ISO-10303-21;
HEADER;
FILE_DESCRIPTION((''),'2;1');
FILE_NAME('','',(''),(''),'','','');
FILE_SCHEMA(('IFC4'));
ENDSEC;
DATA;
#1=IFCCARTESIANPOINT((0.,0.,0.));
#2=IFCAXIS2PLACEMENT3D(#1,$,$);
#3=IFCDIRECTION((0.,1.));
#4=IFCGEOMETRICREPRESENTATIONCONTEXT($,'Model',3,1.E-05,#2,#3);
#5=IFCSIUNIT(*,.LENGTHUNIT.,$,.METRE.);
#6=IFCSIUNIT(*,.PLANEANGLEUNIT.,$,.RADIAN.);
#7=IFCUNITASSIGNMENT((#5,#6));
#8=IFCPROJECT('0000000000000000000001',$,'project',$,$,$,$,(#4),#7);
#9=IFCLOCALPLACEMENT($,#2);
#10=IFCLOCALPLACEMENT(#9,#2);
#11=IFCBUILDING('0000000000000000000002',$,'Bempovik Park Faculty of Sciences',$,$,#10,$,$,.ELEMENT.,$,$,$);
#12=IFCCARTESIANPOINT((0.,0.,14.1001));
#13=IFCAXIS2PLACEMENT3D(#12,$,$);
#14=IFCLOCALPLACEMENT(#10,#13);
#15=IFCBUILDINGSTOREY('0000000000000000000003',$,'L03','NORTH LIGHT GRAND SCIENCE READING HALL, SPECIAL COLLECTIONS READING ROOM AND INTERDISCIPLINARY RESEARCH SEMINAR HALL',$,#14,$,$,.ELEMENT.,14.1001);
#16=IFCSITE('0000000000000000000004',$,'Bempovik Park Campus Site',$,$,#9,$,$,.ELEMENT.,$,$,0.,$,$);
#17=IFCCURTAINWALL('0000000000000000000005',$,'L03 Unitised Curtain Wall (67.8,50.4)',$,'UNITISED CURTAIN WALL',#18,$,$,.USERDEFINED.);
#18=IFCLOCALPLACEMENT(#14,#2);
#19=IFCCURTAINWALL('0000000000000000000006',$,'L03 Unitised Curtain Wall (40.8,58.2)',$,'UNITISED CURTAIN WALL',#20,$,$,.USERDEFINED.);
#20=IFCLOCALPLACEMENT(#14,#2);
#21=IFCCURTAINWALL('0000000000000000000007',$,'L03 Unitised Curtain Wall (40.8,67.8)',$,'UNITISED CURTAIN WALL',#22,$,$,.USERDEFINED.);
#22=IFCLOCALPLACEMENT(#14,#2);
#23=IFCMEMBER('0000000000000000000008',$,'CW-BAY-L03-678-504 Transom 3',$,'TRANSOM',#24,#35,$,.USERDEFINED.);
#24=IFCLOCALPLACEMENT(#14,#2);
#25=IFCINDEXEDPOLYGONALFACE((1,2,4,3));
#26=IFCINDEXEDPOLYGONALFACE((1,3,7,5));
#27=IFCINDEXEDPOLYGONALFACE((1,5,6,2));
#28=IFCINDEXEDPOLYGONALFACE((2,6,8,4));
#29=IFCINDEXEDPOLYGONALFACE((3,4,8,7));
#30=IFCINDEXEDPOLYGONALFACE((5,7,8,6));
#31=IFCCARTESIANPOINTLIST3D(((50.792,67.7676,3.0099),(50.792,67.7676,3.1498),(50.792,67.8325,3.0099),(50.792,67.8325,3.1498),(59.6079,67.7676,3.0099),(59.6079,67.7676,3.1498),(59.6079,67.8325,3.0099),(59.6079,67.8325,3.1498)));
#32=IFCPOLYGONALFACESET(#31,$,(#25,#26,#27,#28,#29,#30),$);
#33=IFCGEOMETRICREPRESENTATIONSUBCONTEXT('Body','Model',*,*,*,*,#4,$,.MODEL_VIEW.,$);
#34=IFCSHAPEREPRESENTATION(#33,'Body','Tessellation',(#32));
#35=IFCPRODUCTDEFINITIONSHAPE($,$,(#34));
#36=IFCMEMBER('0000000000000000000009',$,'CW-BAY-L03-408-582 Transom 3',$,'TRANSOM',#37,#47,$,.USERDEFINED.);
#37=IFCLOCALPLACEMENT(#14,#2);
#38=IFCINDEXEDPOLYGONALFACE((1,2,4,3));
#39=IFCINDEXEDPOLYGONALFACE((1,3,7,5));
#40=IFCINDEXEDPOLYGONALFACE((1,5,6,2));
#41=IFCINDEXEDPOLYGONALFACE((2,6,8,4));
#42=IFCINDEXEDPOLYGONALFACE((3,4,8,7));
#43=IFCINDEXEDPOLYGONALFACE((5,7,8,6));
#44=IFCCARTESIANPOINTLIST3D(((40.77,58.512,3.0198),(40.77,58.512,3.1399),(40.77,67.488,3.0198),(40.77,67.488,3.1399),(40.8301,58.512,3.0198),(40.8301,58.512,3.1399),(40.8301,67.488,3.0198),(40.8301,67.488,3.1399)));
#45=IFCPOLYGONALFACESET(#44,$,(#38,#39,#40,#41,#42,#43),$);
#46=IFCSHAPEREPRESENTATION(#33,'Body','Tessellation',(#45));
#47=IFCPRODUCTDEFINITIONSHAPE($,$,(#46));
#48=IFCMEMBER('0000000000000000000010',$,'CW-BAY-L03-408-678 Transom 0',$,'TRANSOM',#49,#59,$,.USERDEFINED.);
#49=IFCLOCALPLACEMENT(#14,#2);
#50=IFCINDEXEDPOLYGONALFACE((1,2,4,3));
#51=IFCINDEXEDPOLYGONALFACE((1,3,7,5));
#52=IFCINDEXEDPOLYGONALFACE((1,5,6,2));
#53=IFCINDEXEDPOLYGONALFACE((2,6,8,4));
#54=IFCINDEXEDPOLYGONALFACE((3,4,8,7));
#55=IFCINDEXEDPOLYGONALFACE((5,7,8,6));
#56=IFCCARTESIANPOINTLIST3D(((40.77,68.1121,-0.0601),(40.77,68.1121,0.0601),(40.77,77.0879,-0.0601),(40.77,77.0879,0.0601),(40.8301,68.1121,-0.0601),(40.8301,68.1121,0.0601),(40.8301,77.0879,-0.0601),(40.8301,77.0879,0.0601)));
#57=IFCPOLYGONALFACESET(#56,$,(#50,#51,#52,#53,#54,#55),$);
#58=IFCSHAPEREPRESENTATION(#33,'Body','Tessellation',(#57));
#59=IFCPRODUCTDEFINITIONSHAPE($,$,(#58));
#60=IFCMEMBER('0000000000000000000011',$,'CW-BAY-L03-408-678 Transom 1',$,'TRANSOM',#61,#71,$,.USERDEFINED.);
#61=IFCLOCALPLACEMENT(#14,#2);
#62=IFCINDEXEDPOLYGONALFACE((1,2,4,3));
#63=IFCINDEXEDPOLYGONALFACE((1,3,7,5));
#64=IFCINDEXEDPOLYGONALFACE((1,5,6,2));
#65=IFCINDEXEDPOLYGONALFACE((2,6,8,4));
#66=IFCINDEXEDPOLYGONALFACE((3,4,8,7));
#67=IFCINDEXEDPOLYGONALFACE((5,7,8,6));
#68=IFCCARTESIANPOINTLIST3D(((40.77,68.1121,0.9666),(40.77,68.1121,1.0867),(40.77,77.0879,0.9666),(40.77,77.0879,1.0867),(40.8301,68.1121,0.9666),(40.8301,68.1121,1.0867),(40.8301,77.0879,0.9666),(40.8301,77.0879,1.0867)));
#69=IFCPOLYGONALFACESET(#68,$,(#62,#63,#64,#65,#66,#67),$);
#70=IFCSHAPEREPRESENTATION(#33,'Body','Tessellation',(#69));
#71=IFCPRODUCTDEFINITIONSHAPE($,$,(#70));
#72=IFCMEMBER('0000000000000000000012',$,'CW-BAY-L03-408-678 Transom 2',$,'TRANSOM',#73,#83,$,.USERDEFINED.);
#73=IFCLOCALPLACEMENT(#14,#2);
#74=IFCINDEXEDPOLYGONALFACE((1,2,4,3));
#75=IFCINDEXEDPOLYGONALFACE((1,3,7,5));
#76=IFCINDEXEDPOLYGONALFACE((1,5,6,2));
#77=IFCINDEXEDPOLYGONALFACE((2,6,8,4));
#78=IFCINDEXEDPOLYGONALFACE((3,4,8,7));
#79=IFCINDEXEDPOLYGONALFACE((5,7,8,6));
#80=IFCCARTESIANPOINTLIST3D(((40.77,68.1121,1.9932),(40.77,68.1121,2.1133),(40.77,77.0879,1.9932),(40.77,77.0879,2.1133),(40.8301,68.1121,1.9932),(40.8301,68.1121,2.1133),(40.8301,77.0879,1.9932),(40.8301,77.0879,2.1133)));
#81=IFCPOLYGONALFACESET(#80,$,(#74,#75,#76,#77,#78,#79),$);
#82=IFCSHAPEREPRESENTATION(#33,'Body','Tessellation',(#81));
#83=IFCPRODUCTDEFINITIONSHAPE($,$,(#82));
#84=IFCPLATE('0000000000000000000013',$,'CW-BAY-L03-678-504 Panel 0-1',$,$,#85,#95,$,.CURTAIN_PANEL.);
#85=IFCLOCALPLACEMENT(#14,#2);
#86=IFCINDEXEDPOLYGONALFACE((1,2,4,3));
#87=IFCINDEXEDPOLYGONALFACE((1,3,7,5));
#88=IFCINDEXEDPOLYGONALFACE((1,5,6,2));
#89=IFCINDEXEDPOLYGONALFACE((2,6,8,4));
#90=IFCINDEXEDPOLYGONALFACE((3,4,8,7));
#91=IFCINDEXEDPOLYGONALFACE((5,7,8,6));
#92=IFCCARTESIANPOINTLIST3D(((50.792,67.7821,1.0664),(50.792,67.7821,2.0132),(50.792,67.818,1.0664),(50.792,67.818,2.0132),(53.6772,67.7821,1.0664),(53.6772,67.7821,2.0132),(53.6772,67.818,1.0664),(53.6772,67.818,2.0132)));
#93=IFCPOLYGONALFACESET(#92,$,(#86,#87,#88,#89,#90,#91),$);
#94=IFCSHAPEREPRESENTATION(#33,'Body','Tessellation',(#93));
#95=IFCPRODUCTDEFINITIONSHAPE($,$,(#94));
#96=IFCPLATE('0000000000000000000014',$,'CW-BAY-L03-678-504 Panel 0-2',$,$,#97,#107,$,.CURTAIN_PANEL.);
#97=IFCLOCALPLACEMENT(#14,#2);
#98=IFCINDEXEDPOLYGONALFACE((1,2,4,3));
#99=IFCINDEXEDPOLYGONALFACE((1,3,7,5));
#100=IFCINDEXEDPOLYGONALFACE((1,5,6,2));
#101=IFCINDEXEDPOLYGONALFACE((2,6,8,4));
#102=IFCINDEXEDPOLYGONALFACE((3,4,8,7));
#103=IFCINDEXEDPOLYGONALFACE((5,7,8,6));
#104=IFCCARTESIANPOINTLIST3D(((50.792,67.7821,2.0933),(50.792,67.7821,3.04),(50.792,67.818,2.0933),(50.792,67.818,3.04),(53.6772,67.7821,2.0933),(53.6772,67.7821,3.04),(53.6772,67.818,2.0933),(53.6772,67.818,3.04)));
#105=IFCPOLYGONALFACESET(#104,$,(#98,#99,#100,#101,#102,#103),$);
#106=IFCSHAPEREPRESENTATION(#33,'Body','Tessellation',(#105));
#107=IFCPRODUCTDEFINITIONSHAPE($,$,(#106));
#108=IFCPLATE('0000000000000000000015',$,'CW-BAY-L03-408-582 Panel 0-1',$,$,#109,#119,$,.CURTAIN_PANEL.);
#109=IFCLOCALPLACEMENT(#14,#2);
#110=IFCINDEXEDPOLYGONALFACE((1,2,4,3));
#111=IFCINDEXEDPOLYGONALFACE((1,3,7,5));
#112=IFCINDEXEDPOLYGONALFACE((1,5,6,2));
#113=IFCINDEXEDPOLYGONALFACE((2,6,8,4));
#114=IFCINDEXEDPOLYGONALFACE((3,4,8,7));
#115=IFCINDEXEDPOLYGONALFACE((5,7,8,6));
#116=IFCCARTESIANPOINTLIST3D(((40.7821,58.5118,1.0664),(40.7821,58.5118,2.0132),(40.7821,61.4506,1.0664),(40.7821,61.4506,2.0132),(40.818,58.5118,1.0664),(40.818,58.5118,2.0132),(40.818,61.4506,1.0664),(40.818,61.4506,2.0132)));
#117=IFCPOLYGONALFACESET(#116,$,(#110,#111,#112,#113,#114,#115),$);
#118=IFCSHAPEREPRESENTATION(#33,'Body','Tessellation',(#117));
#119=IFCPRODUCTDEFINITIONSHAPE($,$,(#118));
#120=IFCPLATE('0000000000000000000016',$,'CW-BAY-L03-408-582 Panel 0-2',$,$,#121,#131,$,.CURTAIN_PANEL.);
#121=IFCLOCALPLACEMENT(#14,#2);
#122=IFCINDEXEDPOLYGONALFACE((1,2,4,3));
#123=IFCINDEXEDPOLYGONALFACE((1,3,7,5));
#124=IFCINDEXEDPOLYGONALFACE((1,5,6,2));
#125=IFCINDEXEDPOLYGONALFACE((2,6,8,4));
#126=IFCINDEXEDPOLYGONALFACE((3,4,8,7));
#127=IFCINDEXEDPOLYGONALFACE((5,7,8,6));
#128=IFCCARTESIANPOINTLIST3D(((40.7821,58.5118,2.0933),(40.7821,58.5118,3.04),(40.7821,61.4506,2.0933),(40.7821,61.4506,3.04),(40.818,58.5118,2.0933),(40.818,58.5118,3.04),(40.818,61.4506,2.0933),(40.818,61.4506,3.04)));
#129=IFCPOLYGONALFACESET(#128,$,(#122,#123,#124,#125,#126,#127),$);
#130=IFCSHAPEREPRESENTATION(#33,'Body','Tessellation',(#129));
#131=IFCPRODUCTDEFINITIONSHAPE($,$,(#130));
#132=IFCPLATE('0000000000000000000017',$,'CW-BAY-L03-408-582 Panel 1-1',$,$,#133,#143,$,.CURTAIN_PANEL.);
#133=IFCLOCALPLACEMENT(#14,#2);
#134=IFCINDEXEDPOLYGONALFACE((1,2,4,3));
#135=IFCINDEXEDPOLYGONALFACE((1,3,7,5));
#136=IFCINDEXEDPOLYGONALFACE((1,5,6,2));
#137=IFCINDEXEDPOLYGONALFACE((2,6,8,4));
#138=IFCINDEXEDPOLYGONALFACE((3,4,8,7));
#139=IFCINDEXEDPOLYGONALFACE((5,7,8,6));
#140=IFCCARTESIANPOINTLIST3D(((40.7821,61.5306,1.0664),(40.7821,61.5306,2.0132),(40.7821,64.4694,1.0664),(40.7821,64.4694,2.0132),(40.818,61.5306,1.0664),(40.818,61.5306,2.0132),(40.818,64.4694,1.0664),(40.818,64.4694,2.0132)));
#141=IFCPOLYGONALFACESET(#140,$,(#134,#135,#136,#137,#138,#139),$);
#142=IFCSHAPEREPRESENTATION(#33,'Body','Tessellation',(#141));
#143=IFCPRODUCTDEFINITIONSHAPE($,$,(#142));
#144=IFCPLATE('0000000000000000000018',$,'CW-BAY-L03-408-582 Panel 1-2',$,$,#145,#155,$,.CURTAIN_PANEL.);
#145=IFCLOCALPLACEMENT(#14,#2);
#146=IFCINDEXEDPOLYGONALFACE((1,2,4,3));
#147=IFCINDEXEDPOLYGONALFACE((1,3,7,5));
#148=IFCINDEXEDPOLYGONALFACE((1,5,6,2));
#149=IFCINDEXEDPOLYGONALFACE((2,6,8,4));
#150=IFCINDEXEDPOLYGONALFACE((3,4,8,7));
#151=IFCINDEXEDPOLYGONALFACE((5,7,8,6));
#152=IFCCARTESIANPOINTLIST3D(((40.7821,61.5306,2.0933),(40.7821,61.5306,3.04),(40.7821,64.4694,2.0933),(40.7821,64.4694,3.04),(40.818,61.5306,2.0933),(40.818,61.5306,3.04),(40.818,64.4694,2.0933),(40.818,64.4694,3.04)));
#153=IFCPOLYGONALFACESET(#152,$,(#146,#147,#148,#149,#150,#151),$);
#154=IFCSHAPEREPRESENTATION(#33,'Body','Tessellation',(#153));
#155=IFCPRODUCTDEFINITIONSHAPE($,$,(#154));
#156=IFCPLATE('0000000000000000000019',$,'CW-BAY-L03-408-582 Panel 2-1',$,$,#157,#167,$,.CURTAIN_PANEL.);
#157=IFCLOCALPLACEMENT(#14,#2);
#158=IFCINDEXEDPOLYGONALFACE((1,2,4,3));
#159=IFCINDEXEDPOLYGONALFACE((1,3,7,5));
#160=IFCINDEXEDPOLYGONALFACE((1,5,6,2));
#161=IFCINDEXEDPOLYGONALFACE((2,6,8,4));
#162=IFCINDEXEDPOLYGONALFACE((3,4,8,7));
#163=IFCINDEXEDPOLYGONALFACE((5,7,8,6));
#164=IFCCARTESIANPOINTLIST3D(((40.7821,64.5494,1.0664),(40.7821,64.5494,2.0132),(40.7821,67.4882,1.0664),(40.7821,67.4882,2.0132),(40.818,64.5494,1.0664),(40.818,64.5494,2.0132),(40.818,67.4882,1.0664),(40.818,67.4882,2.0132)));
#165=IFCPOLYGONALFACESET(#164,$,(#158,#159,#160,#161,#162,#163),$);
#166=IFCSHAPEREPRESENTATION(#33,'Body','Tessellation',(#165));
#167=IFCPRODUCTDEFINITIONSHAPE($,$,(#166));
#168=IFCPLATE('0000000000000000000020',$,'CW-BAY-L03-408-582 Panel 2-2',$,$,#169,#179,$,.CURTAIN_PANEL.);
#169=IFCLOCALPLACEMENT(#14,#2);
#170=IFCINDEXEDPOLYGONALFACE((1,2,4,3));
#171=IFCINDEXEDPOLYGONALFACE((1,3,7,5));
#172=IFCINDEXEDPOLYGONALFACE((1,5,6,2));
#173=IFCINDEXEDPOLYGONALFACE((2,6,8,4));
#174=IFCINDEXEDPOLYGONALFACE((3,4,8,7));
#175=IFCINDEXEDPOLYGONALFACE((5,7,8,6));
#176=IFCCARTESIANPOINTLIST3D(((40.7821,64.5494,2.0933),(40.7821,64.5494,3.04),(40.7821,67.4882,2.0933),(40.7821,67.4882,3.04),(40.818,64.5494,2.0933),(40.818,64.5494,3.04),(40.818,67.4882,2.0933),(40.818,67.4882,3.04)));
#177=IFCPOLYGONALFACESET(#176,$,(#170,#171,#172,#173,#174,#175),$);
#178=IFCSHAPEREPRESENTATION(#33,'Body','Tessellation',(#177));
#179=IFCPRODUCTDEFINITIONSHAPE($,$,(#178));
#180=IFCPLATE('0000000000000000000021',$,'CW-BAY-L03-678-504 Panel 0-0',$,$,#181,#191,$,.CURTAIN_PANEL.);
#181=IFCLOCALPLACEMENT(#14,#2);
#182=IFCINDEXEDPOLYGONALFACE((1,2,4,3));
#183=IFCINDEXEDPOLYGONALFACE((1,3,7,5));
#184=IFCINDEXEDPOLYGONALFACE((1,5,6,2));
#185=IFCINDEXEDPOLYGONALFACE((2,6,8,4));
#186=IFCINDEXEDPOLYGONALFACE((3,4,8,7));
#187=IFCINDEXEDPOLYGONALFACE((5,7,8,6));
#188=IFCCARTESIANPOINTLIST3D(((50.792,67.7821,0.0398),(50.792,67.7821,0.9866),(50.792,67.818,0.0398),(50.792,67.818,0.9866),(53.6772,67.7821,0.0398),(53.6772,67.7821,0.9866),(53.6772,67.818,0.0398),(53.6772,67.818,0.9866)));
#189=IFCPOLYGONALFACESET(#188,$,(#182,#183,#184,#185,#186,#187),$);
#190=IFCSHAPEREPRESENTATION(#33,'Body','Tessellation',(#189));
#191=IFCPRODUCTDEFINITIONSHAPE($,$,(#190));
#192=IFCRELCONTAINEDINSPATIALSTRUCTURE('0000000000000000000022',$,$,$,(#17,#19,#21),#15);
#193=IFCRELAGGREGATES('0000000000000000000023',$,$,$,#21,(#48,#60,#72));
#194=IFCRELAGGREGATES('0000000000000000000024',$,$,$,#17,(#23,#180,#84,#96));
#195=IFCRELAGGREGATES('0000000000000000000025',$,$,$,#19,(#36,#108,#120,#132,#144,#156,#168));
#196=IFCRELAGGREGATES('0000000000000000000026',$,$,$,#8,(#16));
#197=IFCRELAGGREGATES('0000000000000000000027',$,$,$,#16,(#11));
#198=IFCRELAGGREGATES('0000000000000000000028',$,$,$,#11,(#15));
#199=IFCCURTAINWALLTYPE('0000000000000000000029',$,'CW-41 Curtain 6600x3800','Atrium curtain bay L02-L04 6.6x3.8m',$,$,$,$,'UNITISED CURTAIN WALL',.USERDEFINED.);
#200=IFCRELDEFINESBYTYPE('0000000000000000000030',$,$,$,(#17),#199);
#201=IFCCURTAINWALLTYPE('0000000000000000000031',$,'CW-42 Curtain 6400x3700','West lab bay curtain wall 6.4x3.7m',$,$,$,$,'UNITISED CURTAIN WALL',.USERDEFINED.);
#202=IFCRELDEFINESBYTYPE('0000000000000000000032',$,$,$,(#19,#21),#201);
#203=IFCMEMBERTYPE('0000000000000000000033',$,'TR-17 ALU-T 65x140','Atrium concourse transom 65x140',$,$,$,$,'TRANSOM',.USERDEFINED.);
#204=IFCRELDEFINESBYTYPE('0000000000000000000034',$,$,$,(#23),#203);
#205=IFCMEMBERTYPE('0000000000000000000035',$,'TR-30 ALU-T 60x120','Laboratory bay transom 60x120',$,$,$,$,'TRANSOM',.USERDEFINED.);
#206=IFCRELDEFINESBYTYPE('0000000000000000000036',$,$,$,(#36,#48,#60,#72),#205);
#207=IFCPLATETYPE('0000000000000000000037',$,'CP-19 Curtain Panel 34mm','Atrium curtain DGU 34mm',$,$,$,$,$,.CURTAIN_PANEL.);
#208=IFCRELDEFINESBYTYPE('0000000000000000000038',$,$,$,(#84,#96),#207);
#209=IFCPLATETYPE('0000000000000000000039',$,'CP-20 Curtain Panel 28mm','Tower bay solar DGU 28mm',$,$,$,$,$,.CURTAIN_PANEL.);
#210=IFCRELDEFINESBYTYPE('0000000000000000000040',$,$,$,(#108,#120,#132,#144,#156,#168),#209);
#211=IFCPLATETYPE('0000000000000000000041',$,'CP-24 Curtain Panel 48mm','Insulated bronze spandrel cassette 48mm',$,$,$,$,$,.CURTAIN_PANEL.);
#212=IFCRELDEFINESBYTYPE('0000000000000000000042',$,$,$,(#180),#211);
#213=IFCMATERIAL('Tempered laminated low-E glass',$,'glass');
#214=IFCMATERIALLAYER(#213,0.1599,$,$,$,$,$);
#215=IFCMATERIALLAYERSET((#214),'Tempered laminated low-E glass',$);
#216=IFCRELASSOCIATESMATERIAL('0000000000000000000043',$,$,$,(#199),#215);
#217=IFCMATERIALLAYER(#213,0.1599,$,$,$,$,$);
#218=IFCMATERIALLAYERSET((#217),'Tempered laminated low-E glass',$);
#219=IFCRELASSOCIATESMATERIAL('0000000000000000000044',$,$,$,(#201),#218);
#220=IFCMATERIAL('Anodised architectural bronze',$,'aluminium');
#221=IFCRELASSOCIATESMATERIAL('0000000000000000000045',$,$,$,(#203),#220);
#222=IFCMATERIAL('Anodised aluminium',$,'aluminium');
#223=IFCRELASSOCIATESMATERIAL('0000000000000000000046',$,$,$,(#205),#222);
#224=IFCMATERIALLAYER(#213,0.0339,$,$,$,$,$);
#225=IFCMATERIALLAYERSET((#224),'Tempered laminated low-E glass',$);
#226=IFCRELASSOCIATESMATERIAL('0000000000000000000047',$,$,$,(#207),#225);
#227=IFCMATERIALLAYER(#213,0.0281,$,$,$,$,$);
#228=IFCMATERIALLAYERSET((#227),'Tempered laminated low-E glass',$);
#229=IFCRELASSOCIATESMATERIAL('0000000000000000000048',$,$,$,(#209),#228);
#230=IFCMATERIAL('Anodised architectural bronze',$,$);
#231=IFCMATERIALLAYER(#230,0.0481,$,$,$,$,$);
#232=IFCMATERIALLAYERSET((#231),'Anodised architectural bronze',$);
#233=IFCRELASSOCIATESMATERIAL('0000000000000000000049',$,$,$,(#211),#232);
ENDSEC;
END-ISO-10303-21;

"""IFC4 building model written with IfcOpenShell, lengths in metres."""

from ifc_helpers import new_model, si_unit, direction, frame, origin, origin_2d, place, context, subcontext, project, spatial, rectangle, extrude, material, layer, layer_set, material_profile, profile_set, type_object, element, aggregate, save


model = new_model("IFC4")

# Units and contexts
model_context = context("Model", 3, precision=1e-05, world=origin(), true_north=direction((0.0, 1.0)))
body_context = subcontext(model_context, "Body", "Model", "MODEL_VIEW")
ifc_project = project(units=[si_unit("LENGTHUNIT", "METRE"), si_unit("PLANEANGLEUNIT", "RADIAN")], contexts=[model_context])

# Site, building, storey
site_placement = place(None, origin())
site = spatial("IfcSite", under=ifc_project, at=site_placement, Name="Bempovik Park Campus Site", CompositionType="ELEMENT", RefElevation=0.0)
building_placement = place(site_placement, origin())
building = spatial("IfcBuilding", under=site, at=building_placement, Name="Bempovik Park Faculty of Sciences", CompositionType="ELEMENT")
storey_placement = place(building_placement, frame((0.0, 0.0, 14.1001)))
storey = spatial("IfcBuildingStorey", under=building, at=storey_placement, Name="L03", Description="NORTH LIGHT GRAND SCIENCE READING HALL, SPECIAL COLLECTIONS READING ROOM AND INTERDISCIPLINARY RESEARCH SEMINAR HALL", CompositionType="ELEMENT", Elevation=14.1001)

# Curtain wall
ifc_material_1 = material(Name="Tempered laminated low-E glass", Category="glass")
ifc_layer_1 = layer(ifc_material_1, 0.1599)
ifc_layer_set_1 = layer_set([ifc_layer_1], Name="Tempered laminated low-E glass")
curtain_wall_type_1 = type_object("IfcCurtainWallType", Name="CW-41 Curtain 6600x3800", Description="Atrium curtain bay L02-L04 6.6x3.8m", ElementType="UNITISED CURTAIN WALL", PredefinedType="USERDEFINED", material=ifc_layer_set_1)
curtain_wall_1_placement = place(storey_placement, origin())
curtain_wall_1 = element("IfcCurtainWall", 1, at=curtain_wall_1_placement, inside=storey, type_object=curtain_wall_type_1, Name="L03 Unitised Curtain Wall (67.8,50.4)", ObjectType="UNITISED CURTAIN WALL", PredefinedType="USERDEFINED")
ifc_material_2 = material(Name="Anodised architectural bronze", Category="aluminium")

# Curtain wall
ifc_layer_2 = layer(ifc_material_1, 0.1599)
ifc_layer_set_2 = layer_set([ifc_layer_2], Name="Tempered laminated low-E glass")
curtain_wall_type_2 = type_object("IfcCurtainWallType", Name="CW-42 Curtain 6400x3700", Description="West lab bay curtain wall 6.4x3.7m", ElementType="UNITISED CURTAIN WALL", PredefinedType="USERDEFINED", material=ifc_layer_set_2)
curtain_wall_2_placement = place(storey_placement, origin())
curtain_wall_2 = element("IfcCurtainWall", 2, at=curtain_wall_2_placement, inside=storey, type_object=curtain_wall_type_2, Name="L03 Unitised Curtain Wall (40.8,58.2)", ObjectType="UNITISED CURTAIN WALL", PredefinedType="USERDEFINED")
ifc_material_3 = material(Name="Anodised aluminium", Category="aluminium")

# Curtain wall
curtain_wall_3_placement = place(storey_placement, origin())
curtain_wall_3 = element("IfcCurtainWall", 3, at=curtain_wall_3_placement, inside=storey, type_object=curtain_wall_type_2, Name="L03 Unitised Curtain Wall (40.8,67.8)", ObjectType="UNITISED CURTAIN WALL", PredefinedType="USERDEFINED")

# Members
ifc_material_profile_1 = material_profile(ifc_material_2, rectangle(XDim=0.0649, YDim=0.1399, at=origin_2d()), Name="ALU-T 65x140")
ifc_profile_set_1 = profile_set([ifc_material_profile_1], Name="Anodised architectural bronze")
member_type_1 = type_object("IfcMemberType", Name="TR-17 ALU-T 65x140", Description="Atrium concourse transom 65x140", ElementType="TRANSOM", PredefinedType="USERDEFINED", material=ifc_profile_set_1)
member_1_placement = place(storey_placement, frame((50.792, 67.8, 3.0798), z_axis=(1.0, 0.0, 0.0), x_axis=(0.0, 1.0, 0.0)))
member_1 = element("IfcMember", 4, at=member_1_placement, type_object=member_type_1, Name="CW-BAY-L03-678-504 Transom 3", ObjectType="TRANSOM", PredefinedType="USERDEFINED", context=body_context, shape_type="SweptSolid", body=[
    extrude(rectangle(XDim=0.0649, YDim=0.1399, at=origin_2d()), origin(), (0.0, 0.0, 1.0), 8.8159),
])
ifc_material_profile_2 = material_profile(ifc_material_3, rectangle(XDim=0.0601, YDim=0.1201, at=origin_2d()), Name="ALU-T 60x120")
ifc_profile_set_2 = profile_set([ifc_material_profile_2], Name="Anodised aluminium")
member_type_2 = type_object("IfcMemberType", Name="TR-30 ALU-T 60x120", Description="Laboratory bay transom 60x120", ElementType="TRANSOM", PredefinedType="USERDEFINED", material=ifc_profile_set_2)
member_2_placement = place(storey_placement, frame((40.8, 58.512, 3.0798), z_axis=(0.0, 1.0, 0.0), x_axis=(-1.0, 0.0, 0.0)))
member_2 = element("IfcMember", 5, at=member_2_placement, type_object=member_type_2, Name="CW-BAY-L03-408-582 Transom 3", ObjectType="TRANSOM", PredefinedType="USERDEFINED", context=body_context, shape_type="SweptSolid", body=[
    extrude(rectangle(XDim=0.0601, YDim=0.1201, at=origin_2d()), origin(), (0.0, 0.0, 1.0), 8.9761),
])
member_3_placement = place(storey_placement, frame((40.8, 68.1121, 0.0), z_axis=(0.0, 1.0, 0.0), x_axis=(-1.0, 0.0, 0.0)))
member_3 = element("IfcMember", 6, at=member_3_placement, type_object=member_type_2, Name="CW-BAY-L03-408-678 Transom 0", ObjectType="TRANSOM", PredefinedType="USERDEFINED", context=body_context, shape_type="SweptSolid", body=[
    extrude(rectangle(XDim=0.0601, YDim=0.1201, at=origin_2d()), origin(), (0.0, 0.0, 1.0), 8.9758),
])
member_4_placement = place(storey_placement, frame((40.8, 68.1121, 1.0266), z_axis=(0.0, 1.0, 0.0), x_axis=(-1.0, 0.0, 0.0)))
member_4 = element("IfcMember", 7, at=member_4_placement, type_object=member_type_2, Name="CW-BAY-L03-408-678 Transom 1", ObjectType="TRANSOM", PredefinedType="USERDEFINED", context=body_context, shape_type="SweptSolid", body=[
    extrude(rectangle(XDim=0.0601, YDim=0.1201, at=origin_2d()), origin(), (0.0, 0.0, 1.0), 8.9758),
])
member_5_placement = place(storey_placement, frame((40.8, 68.1121, 2.0532), z_axis=(0.0, 1.0, 0.0), x_axis=(-1.0, 0.0, 0.0)))
member_5 = element("IfcMember", 8, at=member_5_placement, type_object=member_type_2, Name="CW-BAY-L03-408-678 Transom 2", ObjectType="TRANSOM", PredefinedType="USERDEFINED", context=body_context, shape_type="SweptSolid", body=[
    extrude(rectangle(XDim=0.0601, YDim=0.1201, at=origin_2d()), origin(), (0.0, 0.0, 1.0), 8.9758),
])
aggregate(curtain_wall_3, [member_3, member_4, member_5])

# Plates
ifc_layer_3 = layer(ifc_material_1, 0.0339)
ifc_layer_set_3 = layer_set([ifc_layer_3], Name="Tempered laminated low-E glass")
plate_type_1 = type_object("IfcPlateType", Name="CP-19 Curtain Panel 34mm", Description="Atrium curtain DGU 34mm", PredefinedType="CURTAIN_PANEL", material=ifc_layer_set_3)
plate_1_placement = place(storey_placement, frame((52.2346, 67.8, 1.0664), z_axis=(0.0, 0.0, 1.0), x_axis=(1.0, 0.0, 0.0)))
plate_1 = element("IfcPlate", 9, at=plate_1_placement, type_object=plate_type_1, Name="CW-BAY-L03-678-504 Panel 0-1", PredefinedType="CURTAIN_PANEL", context=body_context, shape_type="SweptSolid", body=[
    extrude(rectangle(XDim=2.8853, YDim=0.0359, at=origin_2d()), origin(), (0.0, 0.0, 1.0), 0.9468),
])
plate_2_placement = place(storey_placement, frame((52.2346, 67.8, 2.0933), z_axis=(0.0, 0.0, 1.0), x_axis=(1.0, 0.0, 0.0)))
plate_2 = element("IfcPlate", 10, at=plate_2_placement, type_object=plate_type_1, Name="CW-BAY-L03-678-504 Panel 0-2", PredefinedType="CURTAIN_PANEL", context=body_context, shape_type="SweptSolid", body=[
    extrude(rectangle(XDim=2.8853, YDim=0.0359, at=origin_2d()), origin(), (0.0, 0.0, 1.0), 0.9468),
])
ifc_layer_4 = layer(ifc_material_1, 0.0281)
ifc_layer_set_4 = layer_set([ifc_layer_4], Name="Tempered laminated low-E glass")
plate_type_2 = type_object("IfcPlateType", Name="CP-20 Curtain Panel 28mm", Description="Tower bay solar DGU 28mm", PredefinedType="CURTAIN_PANEL", material=ifc_layer_set_4)
plate_3_placement = place(storey_placement, frame((40.8, 59.9812, 1.0664), z_axis=(0.0, 0.0, 1.0), x_axis=(0.0, 1.0, 0.0)))
plate_3 = element("IfcPlate", 11, at=plate_3_placement, type_object=plate_type_2, Name="CW-BAY-L03-408-582 Panel 0-1", PredefinedType="CURTAIN_PANEL", context=body_context, shape_type="SweptSolid", body=[
    extrude(rectangle(XDim=2.9387, YDim=0.0359, at=origin_2d()), origin(), (0.0, 0.0, 1.0), 0.9468),
])
plate_4_placement = place(storey_placement, frame((40.8, 59.9812, 2.0933), z_axis=(0.0, 0.0, 1.0), x_axis=(0.0, 1.0, 0.0)))
plate_4 = element("IfcPlate", 12, at=plate_4_placement, type_object=plate_type_2, Name="CW-BAY-L03-408-582 Panel 0-2", PredefinedType="CURTAIN_PANEL", context=body_context, shape_type="SweptSolid", body=[
    extrude(rectangle(XDim=2.9387, YDim=0.0359, at=origin_2d()), origin(), (0.0, 0.0, 1.0), 0.9468),
])
plate_5_placement = place(storey_placement, frame((40.8, 63.0, 1.0664), z_axis=(0.0, 0.0, 1.0), x_axis=(0.0, 1.0, 0.0)))
plate_5 = element("IfcPlate", 13, at=plate_5_placement, type_object=plate_type_2, Name="CW-BAY-L03-408-582 Panel 1-1", PredefinedType="CURTAIN_PANEL", context=body_context, shape_type="SweptSolid", body=[
    extrude(rectangle(XDim=2.9387, YDim=0.0359, at=origin_2d()), origin(), (0.0, 0.0, 1.0), 0.9468),
])
plate_6_placement = place(storey_placement, frame((40.8, 63.0, 2.0933), z_axis=(0.0, 0.0, 1.0), x_axis=(0.0, 1.0, 0.0)))
plate_6 = element("IfcPlate", 14, at=plate_6_placement, type_object=plate_type_2, Name="CW-BAY-L03-408-582 Panel 1-2", PredefinedType="CURTAIN_PANEL", context=body_context, shape_type="SweptSolid", body=[
    extrude(rectangle(XDim=2.9387, YDim=0.0359, at=origin_2d()), origin(), (0.0, 0.0, 1.0), 0.9468),
])
plate_7_placement = place(storey_placement, frame((40.8, 66.0188, 1.0664), z_axis=(0.0, 0.0, 1.0), x_axis=(0.0, 1.0, 0.0)))
plate_7 = element("IfcPlate", 15, at=plate_7_placement, type_object=plate_type_2, Name="CW-BAY-L03-408-582 Panel 2-1", PredefinedType="CURTAIN_PANEL", context=body_context, shape_type="SweptSolid", body=[
    extrude(rectangle(XDim=2.9387, YDim=0.0359, at=origin_2d()), origin(), (0.0, 0.0, 1.0), 0.9468),
])
plate_8_placement = place(storey_placement, frame((40.8, 66.0188, 2.0933), z_axis=(0.0, 0.0, 1.0), x_axis=(0.0, 1.0, 0.0)))
plate_8 = element("IfcPlate", 16, at=plate_8_placement, type_object=plate_type_2, Name="CW-BAY-L03-408-582 Panel 2-2", PredefinedType="CURTAIN_PANEL", context=body_context, shape_type="SweptSolid", body=[
    extrude(rectangle(XDim=2.9387, YDim=0.0359, at=origin_2d()), origin(), (0.0, 0.0, 1.0), 0.9468),
])
ifc_material_4 = material(Name="Anodised architectural bronze")
ifc_layer_5 = layer(ifc_material_4, 0.0481)
ifc_layer_set_5 = layer_set([ifc_layer_5], Name="Anodised architectural bronze")
plate_type_3 = type_object("IfcPlateType", Name="CP-24 Curtain Panel 48mm", Description="Insulated bronze spandrel cassette 48mm", PredefinedType="CURTAIN_PANEL", material=ifc_layer_set_5)
plate_9_placement = place(storey_placement, frame((52.2346, 67.8, 0.0398), z_axis=(0.0, 0.0, 1.0), x_axis=(1.0, 0.0, 0.0)))
plate_9 = element("IfcPlate", 17, at=plate_9_placement, type_object=plate_type_3, Name="CW-BAY-L03-678-504 Panel 0-0", PredefinedType="CURTAIN_PANEL", context=body_context, shape_type="SweptSolid", body=[
    extrude(rectangle(XDim=2.8853, YDim=0.0359, at=origin_2d()), origin(), (0.0, 0.0, 1.0), 0.9468),
])
aggregate(curtain_wall_1, [member_1, plate_9, plate_1, plate_2])
aggregate(curtain_wall_2, [member_2, plate_3, plate_4, plate_5, plate_6, plate_7, plate_8])

save(model, "model.ifc")
